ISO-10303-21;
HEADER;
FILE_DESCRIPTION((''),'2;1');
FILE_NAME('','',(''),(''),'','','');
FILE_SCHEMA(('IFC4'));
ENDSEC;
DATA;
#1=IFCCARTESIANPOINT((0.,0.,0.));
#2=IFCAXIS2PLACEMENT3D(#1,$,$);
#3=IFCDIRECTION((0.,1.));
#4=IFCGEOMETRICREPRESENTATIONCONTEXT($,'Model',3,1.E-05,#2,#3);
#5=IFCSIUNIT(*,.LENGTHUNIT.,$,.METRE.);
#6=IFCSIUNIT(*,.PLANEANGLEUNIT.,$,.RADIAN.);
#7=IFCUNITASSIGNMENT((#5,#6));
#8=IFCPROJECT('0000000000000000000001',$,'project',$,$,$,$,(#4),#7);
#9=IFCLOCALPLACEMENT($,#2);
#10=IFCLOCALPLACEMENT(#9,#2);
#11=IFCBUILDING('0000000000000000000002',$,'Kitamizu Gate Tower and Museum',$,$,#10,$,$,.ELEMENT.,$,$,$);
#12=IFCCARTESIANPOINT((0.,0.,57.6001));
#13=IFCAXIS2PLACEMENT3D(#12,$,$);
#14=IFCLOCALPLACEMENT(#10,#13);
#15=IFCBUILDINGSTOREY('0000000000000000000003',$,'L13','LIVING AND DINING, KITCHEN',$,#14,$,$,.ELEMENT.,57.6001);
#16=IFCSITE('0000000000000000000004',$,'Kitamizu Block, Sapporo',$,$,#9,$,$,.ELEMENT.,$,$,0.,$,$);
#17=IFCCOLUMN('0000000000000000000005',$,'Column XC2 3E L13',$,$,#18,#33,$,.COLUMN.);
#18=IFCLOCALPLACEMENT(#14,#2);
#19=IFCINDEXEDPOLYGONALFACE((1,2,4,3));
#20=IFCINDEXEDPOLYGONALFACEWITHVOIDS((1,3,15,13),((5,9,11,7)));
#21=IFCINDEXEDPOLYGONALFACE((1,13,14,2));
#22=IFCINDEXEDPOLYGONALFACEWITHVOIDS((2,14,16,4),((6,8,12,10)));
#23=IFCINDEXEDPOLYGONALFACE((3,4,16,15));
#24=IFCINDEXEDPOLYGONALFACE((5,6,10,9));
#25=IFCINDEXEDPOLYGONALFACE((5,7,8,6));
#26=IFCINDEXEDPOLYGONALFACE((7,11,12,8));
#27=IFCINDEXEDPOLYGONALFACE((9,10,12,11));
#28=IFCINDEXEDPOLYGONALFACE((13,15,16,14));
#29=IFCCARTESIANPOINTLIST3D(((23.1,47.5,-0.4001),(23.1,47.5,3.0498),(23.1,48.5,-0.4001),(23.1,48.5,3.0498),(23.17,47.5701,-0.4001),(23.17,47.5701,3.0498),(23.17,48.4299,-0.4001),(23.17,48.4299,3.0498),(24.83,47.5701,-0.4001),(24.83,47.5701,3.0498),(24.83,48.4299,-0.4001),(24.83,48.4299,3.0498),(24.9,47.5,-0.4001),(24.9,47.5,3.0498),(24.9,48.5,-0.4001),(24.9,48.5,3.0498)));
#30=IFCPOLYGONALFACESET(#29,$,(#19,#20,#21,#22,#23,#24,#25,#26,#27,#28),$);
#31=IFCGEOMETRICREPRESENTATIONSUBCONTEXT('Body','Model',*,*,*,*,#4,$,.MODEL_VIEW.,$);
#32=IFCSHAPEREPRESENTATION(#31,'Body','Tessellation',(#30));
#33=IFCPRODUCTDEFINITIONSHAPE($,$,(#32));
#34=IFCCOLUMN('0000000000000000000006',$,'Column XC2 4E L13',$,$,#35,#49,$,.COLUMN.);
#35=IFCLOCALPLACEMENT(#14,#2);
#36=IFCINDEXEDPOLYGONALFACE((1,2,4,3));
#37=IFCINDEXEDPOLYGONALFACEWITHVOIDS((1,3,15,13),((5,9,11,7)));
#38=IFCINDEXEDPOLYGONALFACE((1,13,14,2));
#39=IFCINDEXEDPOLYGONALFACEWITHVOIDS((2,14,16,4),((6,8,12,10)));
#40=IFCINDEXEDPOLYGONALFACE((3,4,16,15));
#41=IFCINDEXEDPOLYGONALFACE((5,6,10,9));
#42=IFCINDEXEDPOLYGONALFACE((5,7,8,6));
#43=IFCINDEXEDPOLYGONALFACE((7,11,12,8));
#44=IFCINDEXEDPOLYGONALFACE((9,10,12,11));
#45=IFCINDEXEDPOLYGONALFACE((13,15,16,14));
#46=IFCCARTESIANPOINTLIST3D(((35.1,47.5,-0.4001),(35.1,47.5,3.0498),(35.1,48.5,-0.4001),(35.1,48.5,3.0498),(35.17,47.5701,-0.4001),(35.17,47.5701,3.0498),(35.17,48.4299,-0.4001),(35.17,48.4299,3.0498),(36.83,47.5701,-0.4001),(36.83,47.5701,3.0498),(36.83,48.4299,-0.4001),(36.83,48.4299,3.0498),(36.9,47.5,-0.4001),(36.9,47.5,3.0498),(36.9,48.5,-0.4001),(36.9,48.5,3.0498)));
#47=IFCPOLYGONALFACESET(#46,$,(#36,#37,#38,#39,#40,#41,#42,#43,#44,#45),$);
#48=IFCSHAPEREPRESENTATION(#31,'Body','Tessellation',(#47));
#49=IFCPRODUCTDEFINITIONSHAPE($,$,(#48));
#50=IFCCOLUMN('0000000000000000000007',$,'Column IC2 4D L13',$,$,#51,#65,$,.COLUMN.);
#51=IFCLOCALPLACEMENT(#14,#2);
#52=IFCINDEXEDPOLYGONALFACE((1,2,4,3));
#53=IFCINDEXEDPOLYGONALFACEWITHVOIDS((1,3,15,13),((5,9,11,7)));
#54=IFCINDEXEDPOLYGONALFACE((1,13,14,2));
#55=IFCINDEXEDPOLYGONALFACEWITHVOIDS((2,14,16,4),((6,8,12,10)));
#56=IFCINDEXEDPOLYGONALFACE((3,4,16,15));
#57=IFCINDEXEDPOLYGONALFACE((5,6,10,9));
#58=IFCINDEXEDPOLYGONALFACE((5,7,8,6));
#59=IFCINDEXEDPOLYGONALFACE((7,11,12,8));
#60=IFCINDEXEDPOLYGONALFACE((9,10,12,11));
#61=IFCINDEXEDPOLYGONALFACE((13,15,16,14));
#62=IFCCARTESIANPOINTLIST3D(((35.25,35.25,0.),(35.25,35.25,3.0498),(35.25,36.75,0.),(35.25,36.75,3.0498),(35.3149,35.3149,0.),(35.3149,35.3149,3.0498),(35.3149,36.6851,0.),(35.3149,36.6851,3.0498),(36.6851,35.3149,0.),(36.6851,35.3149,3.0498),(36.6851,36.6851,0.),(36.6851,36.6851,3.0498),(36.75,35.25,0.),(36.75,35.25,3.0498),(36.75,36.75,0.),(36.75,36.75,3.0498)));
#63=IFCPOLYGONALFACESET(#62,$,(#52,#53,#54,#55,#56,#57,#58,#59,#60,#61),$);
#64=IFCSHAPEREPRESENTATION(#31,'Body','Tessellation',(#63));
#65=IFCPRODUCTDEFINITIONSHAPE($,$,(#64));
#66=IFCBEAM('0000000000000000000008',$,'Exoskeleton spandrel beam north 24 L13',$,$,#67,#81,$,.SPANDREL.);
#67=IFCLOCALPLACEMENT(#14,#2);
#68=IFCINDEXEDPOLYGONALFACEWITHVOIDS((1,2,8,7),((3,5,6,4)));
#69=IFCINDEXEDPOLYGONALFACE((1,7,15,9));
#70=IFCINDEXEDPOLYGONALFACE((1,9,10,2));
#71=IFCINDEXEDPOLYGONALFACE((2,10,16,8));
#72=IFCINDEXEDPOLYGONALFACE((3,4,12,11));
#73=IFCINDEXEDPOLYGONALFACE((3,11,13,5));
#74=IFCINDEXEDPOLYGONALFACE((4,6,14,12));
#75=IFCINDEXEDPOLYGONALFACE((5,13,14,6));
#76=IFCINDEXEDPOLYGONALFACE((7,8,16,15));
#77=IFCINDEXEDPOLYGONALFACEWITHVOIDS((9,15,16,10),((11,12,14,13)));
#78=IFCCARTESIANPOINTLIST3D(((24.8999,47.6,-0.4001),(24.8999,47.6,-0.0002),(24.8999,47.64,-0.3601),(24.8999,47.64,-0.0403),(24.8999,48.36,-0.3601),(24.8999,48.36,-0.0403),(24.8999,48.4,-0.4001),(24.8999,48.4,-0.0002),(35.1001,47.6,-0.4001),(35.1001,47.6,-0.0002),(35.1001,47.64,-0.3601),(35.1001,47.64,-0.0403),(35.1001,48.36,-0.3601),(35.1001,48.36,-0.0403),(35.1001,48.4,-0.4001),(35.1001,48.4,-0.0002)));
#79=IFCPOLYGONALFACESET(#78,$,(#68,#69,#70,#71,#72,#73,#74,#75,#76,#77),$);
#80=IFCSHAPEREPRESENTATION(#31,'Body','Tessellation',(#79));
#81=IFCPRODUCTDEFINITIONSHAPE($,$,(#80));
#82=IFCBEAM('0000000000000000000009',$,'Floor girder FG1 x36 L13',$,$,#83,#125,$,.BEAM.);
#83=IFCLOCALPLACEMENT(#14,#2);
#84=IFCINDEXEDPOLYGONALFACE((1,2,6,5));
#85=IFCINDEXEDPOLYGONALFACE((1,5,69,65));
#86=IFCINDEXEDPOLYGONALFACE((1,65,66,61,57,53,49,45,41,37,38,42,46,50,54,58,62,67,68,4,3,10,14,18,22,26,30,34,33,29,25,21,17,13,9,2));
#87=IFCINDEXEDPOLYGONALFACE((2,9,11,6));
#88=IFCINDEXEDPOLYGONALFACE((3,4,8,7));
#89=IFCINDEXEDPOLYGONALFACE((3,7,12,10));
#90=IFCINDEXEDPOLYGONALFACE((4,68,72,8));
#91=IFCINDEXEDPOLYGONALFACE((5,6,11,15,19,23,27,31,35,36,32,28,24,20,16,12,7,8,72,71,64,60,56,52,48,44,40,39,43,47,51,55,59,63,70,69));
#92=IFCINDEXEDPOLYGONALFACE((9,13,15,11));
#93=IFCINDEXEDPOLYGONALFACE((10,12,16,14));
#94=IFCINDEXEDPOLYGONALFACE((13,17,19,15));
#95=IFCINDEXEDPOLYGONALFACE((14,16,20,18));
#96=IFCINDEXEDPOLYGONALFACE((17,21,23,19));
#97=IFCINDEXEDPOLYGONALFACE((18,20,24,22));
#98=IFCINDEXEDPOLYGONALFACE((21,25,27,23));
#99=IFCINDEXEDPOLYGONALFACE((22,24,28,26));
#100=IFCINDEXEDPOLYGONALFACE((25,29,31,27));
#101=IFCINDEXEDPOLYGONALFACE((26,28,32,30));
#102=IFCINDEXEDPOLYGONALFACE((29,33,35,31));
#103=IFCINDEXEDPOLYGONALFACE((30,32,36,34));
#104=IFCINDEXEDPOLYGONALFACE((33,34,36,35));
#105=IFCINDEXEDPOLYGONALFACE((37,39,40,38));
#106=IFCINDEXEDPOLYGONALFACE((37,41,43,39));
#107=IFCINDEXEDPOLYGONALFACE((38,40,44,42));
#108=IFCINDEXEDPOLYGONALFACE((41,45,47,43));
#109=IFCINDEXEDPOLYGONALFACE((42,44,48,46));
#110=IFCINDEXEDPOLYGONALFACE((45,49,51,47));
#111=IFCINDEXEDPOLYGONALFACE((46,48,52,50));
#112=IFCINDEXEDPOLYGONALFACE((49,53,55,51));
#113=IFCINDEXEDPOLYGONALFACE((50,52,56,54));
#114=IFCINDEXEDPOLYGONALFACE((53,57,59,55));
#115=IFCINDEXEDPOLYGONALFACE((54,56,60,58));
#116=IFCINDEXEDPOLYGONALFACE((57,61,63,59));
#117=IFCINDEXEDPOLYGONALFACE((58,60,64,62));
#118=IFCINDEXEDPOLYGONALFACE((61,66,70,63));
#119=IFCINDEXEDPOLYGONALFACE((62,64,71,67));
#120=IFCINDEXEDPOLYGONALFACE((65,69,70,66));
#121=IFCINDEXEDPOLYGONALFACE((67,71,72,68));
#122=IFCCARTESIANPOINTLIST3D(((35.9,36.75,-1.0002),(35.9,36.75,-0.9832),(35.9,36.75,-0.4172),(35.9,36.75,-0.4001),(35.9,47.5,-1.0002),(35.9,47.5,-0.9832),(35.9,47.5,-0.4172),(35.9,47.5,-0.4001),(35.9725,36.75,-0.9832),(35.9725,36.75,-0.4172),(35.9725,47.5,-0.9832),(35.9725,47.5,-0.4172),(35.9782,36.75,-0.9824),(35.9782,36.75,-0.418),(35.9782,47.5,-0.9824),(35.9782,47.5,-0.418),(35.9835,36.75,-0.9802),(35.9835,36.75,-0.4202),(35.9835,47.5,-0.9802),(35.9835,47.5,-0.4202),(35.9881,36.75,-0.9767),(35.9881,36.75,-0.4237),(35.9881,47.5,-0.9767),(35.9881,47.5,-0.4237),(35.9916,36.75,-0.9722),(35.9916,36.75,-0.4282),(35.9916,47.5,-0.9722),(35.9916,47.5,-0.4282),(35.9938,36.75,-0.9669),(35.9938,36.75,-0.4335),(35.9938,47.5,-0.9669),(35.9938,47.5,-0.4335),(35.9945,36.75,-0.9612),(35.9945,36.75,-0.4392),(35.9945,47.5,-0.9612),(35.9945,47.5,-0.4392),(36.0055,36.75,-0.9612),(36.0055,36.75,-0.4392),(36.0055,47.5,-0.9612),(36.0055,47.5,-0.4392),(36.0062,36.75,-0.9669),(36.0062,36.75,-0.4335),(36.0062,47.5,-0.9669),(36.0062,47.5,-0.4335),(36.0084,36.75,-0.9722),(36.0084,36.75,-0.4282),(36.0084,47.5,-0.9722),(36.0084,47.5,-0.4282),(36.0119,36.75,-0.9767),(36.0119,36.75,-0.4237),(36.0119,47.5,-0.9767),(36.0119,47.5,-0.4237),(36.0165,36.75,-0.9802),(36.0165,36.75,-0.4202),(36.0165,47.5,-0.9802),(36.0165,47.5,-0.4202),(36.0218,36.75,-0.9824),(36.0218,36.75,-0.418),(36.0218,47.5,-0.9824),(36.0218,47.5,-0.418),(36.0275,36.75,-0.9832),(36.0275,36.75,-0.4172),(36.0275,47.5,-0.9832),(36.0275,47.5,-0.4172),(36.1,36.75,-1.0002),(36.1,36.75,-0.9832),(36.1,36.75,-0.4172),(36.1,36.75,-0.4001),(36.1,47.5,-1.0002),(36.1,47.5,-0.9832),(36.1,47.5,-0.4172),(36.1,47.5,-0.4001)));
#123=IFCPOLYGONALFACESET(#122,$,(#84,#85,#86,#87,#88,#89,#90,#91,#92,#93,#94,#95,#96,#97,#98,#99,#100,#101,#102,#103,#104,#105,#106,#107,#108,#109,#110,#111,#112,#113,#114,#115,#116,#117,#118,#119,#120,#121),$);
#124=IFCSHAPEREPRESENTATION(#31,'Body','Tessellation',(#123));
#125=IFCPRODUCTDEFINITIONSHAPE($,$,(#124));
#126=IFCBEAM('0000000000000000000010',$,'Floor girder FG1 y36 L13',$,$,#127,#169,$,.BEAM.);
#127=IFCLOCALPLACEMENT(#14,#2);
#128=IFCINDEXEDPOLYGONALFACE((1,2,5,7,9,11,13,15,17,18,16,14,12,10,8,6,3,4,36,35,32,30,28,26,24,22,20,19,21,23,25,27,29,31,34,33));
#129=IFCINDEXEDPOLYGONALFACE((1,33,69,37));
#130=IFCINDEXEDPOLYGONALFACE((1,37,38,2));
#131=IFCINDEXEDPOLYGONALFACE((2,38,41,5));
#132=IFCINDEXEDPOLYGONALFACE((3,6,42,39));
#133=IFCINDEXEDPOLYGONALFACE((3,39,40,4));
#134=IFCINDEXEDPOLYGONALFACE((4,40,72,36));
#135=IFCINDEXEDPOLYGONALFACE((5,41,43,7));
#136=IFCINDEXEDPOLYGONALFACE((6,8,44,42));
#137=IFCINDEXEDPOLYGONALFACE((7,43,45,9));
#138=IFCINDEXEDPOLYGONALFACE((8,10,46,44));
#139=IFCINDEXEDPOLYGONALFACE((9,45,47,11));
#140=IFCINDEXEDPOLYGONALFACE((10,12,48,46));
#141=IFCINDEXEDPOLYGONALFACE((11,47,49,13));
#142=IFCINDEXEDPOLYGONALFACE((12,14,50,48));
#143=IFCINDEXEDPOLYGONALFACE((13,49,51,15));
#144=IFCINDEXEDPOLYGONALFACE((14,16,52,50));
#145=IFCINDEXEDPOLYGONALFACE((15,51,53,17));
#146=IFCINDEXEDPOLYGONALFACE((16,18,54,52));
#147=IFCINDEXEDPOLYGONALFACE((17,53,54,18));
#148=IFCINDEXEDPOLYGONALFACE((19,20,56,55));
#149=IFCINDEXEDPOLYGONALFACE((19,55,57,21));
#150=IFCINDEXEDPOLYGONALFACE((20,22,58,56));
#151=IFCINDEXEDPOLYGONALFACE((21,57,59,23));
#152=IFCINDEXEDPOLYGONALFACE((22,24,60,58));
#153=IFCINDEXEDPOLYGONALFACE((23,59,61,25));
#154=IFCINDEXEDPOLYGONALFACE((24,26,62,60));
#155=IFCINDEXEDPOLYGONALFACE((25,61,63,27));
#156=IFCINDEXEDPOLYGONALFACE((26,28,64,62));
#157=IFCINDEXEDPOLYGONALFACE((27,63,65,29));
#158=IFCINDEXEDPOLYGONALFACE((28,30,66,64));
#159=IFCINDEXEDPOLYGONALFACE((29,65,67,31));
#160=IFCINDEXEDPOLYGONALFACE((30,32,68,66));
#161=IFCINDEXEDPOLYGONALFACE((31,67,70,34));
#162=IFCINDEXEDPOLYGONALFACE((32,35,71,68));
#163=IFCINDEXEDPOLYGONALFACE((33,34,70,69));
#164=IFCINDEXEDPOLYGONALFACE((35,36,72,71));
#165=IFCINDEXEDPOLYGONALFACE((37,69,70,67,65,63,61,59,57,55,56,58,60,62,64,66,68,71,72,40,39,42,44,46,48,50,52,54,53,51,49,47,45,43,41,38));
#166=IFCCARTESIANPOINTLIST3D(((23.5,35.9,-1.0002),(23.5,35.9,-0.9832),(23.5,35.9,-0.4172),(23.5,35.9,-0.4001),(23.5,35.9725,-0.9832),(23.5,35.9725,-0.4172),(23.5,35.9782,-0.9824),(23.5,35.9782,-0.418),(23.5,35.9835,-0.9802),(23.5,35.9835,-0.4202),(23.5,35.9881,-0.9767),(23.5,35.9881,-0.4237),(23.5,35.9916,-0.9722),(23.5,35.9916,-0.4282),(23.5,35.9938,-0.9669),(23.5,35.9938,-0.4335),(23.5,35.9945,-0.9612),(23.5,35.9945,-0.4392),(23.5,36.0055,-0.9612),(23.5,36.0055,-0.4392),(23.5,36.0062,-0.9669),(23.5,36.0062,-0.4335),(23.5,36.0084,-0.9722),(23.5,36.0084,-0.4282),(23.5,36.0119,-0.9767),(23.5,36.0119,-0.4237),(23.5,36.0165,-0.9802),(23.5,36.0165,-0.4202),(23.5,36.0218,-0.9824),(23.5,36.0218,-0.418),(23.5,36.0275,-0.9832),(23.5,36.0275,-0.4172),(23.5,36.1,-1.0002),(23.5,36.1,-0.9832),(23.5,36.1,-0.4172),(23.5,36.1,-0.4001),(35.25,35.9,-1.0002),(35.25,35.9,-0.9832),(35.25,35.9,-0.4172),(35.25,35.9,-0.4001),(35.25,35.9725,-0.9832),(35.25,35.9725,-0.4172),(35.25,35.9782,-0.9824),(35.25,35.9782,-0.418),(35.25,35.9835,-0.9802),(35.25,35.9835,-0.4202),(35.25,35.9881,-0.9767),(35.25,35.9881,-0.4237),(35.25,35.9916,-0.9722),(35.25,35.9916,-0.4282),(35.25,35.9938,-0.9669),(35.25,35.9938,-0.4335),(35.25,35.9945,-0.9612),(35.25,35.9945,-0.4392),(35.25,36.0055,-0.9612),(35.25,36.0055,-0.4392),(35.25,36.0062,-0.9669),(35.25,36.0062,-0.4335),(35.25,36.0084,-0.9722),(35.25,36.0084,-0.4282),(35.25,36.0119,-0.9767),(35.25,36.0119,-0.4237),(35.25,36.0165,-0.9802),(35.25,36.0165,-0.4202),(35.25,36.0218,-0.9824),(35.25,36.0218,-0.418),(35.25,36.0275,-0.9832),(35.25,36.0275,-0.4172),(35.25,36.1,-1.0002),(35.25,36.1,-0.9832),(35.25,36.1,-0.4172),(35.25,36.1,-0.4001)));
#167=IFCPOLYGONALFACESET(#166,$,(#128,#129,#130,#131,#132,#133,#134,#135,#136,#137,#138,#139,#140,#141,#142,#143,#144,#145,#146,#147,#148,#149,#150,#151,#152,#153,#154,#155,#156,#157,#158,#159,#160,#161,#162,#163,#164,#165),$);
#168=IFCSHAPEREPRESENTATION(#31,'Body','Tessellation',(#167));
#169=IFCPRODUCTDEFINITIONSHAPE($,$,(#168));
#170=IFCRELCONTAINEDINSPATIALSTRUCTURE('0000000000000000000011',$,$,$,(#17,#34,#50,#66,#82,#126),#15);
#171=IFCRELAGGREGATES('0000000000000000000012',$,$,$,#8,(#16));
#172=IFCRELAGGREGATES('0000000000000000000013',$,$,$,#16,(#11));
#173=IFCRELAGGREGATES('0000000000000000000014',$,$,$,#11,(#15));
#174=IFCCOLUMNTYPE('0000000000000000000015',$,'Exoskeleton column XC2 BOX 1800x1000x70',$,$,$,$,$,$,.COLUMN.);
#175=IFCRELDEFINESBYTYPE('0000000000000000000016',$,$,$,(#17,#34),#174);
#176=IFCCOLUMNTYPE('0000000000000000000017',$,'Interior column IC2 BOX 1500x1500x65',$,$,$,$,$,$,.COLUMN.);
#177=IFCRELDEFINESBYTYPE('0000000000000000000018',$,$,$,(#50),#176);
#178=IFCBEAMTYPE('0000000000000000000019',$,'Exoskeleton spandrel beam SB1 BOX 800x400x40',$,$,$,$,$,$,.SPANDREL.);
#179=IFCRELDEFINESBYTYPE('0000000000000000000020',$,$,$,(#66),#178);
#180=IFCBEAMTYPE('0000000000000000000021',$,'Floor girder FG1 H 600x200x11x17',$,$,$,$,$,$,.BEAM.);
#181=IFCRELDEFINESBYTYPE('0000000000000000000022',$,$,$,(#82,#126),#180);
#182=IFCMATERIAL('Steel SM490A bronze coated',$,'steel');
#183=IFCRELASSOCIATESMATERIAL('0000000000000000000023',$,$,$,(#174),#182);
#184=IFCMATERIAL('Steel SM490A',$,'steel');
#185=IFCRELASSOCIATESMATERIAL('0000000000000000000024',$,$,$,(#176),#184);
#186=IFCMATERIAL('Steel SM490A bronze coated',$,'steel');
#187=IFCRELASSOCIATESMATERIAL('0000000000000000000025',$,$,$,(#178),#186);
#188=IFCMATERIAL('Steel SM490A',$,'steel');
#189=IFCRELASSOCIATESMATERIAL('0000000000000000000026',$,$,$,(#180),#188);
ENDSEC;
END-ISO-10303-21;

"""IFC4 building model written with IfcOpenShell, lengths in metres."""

from ifc_helpers import new_model, si_unit, direction, frame, origin, origin_2d, place, context, subcontext, project, spatial, hollow_rectangle, i_section, extrude, material, material_profile, profile_set, type_object, element, save


model = new_model("IFC4")

# Units and contexts
model_context = context("Model", 3, precision=1e-05, world=origin(), true_north=direction((0.0, 1.0)))
body_context = subcontext(model_context, "Body", "Model", "MODEL_VIEW")
ifc_project = project(units=[si_unit("LENGTHUNIT", "METRE"), si_unit("PLANEANGLEUNIT", "RADIAN")], contexts=[model_context])

# Site, building, storey
site_placement = place(None, origin())
site = spatial("IfcSite", under=ifc_project, at=site_placement, Name="Kitamizu Block, Sapporo", CompositionType="ELEMENT", RefElevation=0.0)
building_placement = place(site_placement, origin())
building = spatial("IfcBuilding", under=site, at=building_placement, Name="Kitamizu Gate Tower and Museum", CompositionType="ELEMENT")
storey_placement = place(building_placement, frame((0.0, 0.0, 57.6001)))
storey = spatial("IfcBuildingStorey", under=building, at=storey_placement, Name="L13", Description="LIVING AND DINING, KITCHEN", CompositionType="ELEMENT", Elevation=57.6001)

# Columns
ifc_material_1 = material(Name="Steel SM490A bronze coated", Category="steel")
ifc_material_profile_1 = material_profile(ifc_material_1, hollow_rectangle(XDim=1.8, YDim=1.0, WallThickness=0.0701, at=origin_2d()), Name="BOX 1800x1000x70")
ifc_profile_set_1 = profile_set([ifc_material_profile_1], Name="Steel SM490A bronze coated")
column_type_1 = type_object("IfcColumnType", Name="Exoskeleton column XC2 BOX 1800x1000x70", PredefinedType="COLUMN", material=ifc_profile_set_1)
for number, where, z_axis, x_axis, name in (
    (1, (24.0, 48.0, -0.4001), (0.0, 0.0, 1.0), (1.0, 0.0, 0.0), "Column XC2 3E L13"),
    (2, (36.0, 48.0, -0.4001), (0.0, 0.0, 1.0), (1.0, 0.0, 0.0), "Column XC2 4E L13"),
):
    element("IfcColumn", number, at=place(storey_placement, frame(where, z_axis=z_axis, x_axis=x_axis)), inside=storey, type_object=column_type_1, Name=name, PredefinedType="COLUMN", context=body_context, shape_type="SweptSolid", body=[
        extrude(hollow_rectangle(XDim=1.8, YDim=1.0, WallThickness=0.0701, at=origin_2d()), origin(), (0.0, 0.0, 1.0), 3.45),
    ])
ifc_material_2 = material(Name="Steel SM490A", Category="steel")
ifc_material_profile_2 = material_profile(ifc_material_2, hollow_rectangle(XDim=1.5, YDim=1.5, WallThickness=0.0649, at=origin_2d()), Name="BOX 1500x1500x65")
ifc_profile_set_2 = profile_set([ifc_material_profile_2], Name="Steel SM490A")
column_type_2 = type_object("IfcColumnType", Name="Interior column IC2 BOX 1500x1500x65", PredefinedType="COLUMN", material=ifc_profile_set_2)
column_placement = place(storey_placement, frame((36.0, 36.0, 0.0), z_axis=(0.0, 0.0, 1.0), x_axis=(1.0, 0.0, 0.0)))
element("IfcColumn", 3, at=column_placement, inside=storey, type_object=column_type_2, Name="Column IC2 4D L13", PredefinedType="COLUMN", context=body_context, shape_type="SweptSolid", body=[
    extrude(hollow_rectangle(XDim=1.5, YDim=1.5, WallThickness=0.0649, at=origin_2d()), origin(), (0.0, 0.0, 1.0), 3.0498),
])

# Beams
ifc_material_3 = material(Name="Steel SM490A bronze coated", Category="steel")
ifc_material_profile_3 = material_profile(ifc_material_3, hollow_rectangle(XDim=0.8, YDim=0.3999, WallThickness=0.04, at=origin_2d()), Name="BOX 800x400x40")
ifc_profile_set_3 = profile_set([ifc_material_profile_3], Name="Steel SM490A bronze coated")
beam_type_1 = type_object("IfcBeamType", Name="Exoskeleton spandrel beam SB1 BOX 800x400x40", PredefinedType="SPANDREL", material=ifc_profile_set_3)
beam_1_placement = place(storey_placement, frame((24.8999, 48.0, -0.2002), z_axis=(1.0, 0.0, 0.0), x_axis=(0.0, 1.0, 0.0)))
element("IfcBeam", 4, at=beam_1_placement, inside=storey, type_object=beam_type_1, Name="Exoskeleton spandrel beam north 24 L13", PredefinedType="SPANDREL", context=body_context, shape_type="SweptSolid", body=[
    extrude(hollow_rectangle(XDim=0.8, YDim=0.3999, WallThickness=0.04, at=origin_2d()), origin(), (0.0, 0.0, 1.0), 10.2002),
])
ifc_material_4 = material(Name="Steel SM490A", Category="steel")
ifc_material_profile_4 = material_profile(ifc_material_4, i_section(OverallWidth=0.2, OverallDepth=0.6001, WebThickness=0.011, FlangeThickness=0.0171, FilletRadius=0.022, at=origin_2d()), Name="H-600x200x11x17")
ifc_profile_set_4 = profile_set([ifc_material_profile_4], Name="Steel SM490A")
beam_type_2 = type_object("IfcBeamType", Name="Floor girder FG1 H 600x200x11x17", PredefinedType="BEAM", material=ifc_profile_set_4)
beam_2_placement = place(storey_placement, frame((36.0, 36.75, -0.7002), z_axis=(0.0, 1.0, 0.0), x_axis=(-1.0, 0.0, 0.0)))
element("IfcBeam", 5, at=beam_2_placement, inside=storey, type_object=beam_type_2, Name="Floor girder FG1 x36 L13", PredefinedType="BEAM", context=body_context, shape_type="SweptSolid", body=[
    extrude(i_section(OverallWidth=0.2, OverallDepth=0.6001, WebThickness=0.011, FlangeThickness=0.0171, FilletRadius=0.022, at=origin_2d()), origin(), (0.0, 0.0, 1.0), 10.75),
])
beam_3_placement = place(storey_placement, frame((23.5, 36.0, -0.7002), z_axis=(1.0, 0.0, 0.0), x_axis=(0.0, 1.0, 0.0)))
element("IfcBeam", 6, at=beam_3_placement, inside=storey, type_object=beam_type_2, Name="Floor girder FG1 y36 L13", PredefinedType="BEAM", context=body_context, shape_type="SweptSolid", body=[
    extrude(i_section(OverallWidth=0.2, OverallDepth=0.6001, WebThickness=0.011, FlangeThickness=0.0171, FilletRadius=0.022, at=origin_2d()), origin(), (0.0, 0.0, 1.0), 11.75),
])

save(model, "model.ifc")
